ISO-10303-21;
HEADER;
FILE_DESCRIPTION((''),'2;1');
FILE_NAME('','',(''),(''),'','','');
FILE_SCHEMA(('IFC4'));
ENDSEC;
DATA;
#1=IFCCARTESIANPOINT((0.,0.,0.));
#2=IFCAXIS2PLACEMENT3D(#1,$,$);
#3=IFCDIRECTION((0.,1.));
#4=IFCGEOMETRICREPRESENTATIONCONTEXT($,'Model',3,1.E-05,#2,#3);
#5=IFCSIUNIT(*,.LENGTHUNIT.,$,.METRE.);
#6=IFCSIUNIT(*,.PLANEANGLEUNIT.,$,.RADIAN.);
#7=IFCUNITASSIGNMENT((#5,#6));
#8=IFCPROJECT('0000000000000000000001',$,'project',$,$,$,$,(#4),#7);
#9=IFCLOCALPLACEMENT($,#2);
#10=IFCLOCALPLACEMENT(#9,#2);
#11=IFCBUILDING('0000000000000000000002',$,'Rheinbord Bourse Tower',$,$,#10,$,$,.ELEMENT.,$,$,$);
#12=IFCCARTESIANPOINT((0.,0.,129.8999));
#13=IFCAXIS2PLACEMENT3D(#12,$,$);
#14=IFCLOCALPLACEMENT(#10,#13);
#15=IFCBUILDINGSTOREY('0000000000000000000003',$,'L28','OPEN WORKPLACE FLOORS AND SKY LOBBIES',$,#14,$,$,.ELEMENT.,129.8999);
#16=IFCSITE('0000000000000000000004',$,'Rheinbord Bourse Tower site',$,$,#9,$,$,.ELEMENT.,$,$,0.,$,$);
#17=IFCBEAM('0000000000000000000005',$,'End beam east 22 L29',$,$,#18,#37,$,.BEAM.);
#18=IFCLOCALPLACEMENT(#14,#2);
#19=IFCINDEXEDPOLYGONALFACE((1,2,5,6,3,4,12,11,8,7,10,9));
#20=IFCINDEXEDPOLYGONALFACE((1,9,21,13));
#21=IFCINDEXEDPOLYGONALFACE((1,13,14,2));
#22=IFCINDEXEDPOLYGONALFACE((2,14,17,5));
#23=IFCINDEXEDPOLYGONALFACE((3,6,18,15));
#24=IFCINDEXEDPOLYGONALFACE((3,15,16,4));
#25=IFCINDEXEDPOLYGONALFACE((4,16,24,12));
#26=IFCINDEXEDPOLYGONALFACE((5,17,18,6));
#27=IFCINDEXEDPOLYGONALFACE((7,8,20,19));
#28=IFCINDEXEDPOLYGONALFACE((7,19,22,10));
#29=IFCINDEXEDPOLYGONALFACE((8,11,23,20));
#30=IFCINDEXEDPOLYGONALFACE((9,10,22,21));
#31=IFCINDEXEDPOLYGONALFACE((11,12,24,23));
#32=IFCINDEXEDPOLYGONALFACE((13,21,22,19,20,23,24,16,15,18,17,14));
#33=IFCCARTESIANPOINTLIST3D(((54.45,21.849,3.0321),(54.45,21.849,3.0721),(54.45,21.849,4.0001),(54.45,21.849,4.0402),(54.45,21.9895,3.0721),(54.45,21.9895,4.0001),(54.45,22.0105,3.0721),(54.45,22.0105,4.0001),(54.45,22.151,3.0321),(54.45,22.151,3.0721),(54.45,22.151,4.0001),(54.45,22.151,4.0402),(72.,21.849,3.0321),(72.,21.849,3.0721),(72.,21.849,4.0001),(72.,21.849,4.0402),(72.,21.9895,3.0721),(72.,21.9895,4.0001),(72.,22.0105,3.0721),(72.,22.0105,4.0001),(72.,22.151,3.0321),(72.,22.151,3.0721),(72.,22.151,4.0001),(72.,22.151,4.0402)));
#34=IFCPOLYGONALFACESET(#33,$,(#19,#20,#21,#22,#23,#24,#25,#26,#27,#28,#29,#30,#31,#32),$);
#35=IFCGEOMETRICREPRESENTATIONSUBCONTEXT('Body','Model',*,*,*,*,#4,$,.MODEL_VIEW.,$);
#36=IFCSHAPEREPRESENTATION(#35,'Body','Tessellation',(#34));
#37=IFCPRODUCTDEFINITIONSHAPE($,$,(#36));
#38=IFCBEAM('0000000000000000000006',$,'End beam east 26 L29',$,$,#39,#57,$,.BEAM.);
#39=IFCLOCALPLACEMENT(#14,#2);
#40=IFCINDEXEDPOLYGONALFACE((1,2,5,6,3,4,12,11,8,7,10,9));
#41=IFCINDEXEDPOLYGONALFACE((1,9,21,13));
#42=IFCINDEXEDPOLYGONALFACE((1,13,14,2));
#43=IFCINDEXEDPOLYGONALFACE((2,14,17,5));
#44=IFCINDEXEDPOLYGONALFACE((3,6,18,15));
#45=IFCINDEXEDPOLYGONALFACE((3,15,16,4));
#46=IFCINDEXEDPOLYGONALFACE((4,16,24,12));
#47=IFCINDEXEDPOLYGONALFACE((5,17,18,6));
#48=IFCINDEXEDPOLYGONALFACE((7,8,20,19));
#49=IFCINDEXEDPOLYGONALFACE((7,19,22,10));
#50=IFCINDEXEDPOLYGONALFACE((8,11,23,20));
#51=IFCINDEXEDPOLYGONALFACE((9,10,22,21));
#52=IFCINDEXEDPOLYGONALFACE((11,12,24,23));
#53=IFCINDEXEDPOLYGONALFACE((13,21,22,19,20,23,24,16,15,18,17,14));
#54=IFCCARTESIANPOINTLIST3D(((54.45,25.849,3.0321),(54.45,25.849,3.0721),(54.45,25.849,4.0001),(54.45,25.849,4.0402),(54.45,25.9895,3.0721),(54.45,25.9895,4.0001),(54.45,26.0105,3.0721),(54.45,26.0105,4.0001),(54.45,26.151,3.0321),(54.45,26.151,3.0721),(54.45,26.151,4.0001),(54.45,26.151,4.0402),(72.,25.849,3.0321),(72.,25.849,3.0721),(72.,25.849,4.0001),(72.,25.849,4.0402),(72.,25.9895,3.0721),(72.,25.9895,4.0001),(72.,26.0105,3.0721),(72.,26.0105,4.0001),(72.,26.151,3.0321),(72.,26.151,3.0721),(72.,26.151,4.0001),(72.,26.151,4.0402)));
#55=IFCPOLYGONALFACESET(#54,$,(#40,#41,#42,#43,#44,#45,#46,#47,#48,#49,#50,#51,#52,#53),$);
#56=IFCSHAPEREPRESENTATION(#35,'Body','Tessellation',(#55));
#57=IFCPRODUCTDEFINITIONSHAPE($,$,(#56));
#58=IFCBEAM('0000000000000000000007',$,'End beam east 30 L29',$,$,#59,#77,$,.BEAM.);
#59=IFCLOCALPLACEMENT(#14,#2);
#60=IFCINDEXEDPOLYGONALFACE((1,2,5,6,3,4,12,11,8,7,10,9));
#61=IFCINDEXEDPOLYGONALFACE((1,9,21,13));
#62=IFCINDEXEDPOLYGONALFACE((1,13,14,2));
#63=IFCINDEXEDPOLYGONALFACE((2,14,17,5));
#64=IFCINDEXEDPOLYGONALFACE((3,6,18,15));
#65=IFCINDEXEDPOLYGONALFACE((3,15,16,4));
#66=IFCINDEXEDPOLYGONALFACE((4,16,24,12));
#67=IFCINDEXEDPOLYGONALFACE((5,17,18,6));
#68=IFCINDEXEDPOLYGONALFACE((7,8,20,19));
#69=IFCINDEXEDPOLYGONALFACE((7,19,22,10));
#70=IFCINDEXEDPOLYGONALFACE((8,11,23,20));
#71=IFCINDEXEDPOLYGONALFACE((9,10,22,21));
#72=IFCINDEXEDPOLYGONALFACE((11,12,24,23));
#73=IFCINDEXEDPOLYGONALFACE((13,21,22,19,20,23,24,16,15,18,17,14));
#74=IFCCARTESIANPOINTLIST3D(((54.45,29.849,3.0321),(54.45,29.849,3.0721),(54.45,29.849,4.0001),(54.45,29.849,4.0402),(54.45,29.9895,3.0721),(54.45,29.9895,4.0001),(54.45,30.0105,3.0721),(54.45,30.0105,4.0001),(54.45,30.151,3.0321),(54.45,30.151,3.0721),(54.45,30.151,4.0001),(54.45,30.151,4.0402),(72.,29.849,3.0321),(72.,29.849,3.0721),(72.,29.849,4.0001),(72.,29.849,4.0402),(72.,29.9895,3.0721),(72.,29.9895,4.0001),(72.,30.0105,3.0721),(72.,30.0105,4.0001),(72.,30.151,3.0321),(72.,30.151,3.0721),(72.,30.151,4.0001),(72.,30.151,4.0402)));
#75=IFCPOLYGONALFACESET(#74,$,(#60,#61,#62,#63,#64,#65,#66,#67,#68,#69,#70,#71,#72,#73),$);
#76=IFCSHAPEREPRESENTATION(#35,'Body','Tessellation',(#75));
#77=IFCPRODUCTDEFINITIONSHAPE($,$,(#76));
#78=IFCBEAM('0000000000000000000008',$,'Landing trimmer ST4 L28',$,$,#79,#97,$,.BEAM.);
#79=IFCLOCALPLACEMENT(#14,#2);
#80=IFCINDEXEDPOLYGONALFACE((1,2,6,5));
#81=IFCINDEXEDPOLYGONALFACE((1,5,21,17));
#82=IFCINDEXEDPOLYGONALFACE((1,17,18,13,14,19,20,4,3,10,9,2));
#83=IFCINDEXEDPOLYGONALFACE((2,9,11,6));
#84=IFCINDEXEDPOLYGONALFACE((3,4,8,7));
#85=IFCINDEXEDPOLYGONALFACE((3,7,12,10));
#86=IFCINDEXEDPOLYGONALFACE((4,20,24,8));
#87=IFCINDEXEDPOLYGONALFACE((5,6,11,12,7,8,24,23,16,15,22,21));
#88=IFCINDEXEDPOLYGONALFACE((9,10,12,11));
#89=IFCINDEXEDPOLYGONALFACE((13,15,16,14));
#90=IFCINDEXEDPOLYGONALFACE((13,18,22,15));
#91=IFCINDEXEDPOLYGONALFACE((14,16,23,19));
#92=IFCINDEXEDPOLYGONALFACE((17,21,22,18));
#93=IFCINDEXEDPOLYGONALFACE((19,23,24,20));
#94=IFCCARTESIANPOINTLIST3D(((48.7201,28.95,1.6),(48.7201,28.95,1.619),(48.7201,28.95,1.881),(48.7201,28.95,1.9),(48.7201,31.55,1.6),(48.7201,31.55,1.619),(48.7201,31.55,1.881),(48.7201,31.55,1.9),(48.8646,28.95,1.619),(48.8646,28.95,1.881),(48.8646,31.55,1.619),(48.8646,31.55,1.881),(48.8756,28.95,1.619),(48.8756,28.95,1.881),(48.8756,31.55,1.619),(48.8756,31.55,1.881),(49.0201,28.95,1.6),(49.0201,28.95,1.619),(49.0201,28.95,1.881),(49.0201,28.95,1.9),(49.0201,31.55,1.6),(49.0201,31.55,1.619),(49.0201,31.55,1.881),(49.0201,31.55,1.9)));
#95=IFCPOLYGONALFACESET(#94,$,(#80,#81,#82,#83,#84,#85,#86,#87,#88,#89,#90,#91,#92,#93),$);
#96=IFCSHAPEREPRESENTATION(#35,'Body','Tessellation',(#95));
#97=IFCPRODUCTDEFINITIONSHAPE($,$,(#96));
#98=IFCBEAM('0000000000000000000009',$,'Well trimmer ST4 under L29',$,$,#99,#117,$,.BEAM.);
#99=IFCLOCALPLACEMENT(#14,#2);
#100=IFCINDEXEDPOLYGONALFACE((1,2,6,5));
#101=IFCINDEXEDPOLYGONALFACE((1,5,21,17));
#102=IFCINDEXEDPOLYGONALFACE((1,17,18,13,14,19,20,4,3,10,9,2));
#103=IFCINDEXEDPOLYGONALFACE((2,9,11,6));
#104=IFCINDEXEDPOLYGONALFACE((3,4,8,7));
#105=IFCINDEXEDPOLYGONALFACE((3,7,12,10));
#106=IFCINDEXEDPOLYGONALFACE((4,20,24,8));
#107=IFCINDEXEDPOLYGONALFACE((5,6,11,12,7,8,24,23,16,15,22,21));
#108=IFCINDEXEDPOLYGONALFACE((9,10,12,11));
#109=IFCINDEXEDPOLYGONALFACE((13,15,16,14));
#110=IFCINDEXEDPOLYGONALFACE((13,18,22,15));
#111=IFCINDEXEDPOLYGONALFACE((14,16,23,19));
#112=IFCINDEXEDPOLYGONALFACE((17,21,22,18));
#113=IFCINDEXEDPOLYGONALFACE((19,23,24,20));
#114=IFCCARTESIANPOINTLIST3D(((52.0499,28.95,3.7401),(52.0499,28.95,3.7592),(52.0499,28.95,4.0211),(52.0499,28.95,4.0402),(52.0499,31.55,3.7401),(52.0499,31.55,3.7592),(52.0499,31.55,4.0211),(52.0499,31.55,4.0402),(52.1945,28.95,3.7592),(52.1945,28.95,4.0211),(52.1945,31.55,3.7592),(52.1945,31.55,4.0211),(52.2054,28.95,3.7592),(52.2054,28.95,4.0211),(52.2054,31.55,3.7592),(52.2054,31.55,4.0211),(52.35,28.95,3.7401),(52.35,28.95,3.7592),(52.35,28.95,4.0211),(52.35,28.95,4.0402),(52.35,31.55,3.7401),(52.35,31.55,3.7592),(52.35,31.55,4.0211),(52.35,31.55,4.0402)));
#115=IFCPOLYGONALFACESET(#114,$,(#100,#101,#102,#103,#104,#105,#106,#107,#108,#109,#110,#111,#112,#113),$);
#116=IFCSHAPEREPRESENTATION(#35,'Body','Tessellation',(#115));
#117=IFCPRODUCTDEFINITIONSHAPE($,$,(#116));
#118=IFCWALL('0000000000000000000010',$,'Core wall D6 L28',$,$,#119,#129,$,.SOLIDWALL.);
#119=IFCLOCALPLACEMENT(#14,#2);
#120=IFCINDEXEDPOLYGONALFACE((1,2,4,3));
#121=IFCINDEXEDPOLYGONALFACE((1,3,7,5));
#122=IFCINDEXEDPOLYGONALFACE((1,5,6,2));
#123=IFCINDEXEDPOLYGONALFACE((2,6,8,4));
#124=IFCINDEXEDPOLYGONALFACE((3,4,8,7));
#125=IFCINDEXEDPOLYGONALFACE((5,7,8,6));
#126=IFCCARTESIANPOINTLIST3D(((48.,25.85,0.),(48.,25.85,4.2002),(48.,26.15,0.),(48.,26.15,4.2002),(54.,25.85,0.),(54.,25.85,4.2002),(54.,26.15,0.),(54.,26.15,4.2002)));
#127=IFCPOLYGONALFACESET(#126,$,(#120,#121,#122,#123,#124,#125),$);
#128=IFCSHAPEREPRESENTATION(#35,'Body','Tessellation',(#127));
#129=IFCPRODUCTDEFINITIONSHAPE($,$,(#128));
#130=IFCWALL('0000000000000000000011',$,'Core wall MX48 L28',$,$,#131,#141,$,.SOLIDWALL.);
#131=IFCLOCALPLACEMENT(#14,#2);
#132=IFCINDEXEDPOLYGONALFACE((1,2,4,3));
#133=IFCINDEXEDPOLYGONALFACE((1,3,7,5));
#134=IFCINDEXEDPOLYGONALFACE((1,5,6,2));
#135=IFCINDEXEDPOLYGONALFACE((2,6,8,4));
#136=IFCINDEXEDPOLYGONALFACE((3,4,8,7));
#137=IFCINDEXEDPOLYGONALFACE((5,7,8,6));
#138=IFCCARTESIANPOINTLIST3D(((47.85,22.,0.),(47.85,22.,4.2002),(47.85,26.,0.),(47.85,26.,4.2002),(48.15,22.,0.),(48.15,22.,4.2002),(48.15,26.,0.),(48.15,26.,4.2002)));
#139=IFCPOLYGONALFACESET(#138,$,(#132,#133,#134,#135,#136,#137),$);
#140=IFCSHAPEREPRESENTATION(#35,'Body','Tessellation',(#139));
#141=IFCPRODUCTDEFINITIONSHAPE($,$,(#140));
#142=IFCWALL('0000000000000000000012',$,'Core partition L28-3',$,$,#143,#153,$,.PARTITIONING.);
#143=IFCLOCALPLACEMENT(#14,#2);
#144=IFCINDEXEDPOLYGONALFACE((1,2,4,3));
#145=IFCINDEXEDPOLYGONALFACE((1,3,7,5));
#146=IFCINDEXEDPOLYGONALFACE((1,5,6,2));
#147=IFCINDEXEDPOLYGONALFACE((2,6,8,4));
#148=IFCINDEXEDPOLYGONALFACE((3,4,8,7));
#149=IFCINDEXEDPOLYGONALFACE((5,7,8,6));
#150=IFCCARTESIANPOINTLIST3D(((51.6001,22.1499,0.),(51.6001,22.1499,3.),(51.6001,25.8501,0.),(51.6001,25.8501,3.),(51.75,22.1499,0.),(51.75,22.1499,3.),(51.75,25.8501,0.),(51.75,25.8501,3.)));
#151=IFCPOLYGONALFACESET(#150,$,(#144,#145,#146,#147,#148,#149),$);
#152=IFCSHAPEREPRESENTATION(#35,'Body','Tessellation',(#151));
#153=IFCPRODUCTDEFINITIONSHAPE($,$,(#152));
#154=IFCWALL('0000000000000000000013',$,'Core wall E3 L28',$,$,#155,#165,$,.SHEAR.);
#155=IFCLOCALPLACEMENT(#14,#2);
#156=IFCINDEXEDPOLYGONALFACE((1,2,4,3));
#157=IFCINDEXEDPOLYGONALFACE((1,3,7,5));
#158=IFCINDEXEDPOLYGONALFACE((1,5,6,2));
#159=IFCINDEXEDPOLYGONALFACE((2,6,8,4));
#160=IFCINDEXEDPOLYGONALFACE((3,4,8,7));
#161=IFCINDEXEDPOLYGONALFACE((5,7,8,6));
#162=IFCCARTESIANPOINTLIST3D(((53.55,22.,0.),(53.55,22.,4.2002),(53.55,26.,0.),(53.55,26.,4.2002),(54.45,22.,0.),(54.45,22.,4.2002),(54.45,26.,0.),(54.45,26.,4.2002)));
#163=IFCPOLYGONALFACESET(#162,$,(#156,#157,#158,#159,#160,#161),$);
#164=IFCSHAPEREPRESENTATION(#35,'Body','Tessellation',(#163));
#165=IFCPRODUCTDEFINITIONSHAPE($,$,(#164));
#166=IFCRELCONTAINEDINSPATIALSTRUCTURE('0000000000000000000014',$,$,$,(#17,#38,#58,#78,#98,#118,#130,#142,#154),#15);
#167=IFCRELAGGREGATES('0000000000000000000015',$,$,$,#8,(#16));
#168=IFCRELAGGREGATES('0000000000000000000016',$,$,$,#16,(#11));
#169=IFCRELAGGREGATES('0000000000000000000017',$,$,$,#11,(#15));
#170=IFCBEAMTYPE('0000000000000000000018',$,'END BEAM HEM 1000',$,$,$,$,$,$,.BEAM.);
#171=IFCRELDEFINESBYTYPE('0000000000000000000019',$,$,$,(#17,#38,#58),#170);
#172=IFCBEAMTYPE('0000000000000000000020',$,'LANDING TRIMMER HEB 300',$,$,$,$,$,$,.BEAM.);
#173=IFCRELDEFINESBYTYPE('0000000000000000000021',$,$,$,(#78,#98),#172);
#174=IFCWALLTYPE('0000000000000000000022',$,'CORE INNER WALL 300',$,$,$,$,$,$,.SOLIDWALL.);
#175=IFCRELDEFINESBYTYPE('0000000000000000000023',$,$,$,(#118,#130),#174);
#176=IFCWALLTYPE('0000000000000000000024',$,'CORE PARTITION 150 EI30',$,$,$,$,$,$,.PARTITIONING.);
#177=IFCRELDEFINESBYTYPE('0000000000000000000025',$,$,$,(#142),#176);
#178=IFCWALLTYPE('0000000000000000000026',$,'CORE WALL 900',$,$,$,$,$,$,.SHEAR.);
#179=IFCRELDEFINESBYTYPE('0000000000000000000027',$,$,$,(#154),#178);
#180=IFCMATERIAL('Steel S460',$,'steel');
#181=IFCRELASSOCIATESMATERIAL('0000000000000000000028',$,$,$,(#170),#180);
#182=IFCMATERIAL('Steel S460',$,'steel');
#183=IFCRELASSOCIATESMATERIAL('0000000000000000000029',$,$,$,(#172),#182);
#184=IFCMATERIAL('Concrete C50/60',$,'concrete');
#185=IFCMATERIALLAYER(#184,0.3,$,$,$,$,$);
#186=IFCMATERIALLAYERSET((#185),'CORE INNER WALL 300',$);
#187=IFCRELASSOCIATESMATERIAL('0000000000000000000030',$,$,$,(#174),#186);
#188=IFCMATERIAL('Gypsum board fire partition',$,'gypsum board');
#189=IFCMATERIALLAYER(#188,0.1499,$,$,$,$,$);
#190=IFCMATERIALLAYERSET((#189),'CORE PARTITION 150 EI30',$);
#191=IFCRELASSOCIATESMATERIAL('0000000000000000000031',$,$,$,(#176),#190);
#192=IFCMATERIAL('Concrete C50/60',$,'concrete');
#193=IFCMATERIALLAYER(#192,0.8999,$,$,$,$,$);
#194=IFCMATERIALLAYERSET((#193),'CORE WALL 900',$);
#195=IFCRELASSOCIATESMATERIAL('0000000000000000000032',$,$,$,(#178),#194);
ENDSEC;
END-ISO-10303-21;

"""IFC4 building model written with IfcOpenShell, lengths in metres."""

from ifc_helpers import new_model, si_unit, direction, frame, frame_2d, origin, origin_2d, place, context, subcontext, project, spatial, rectangle, i_section, extrude, material, layer, layer_set, material_profile, profile_set, type_object, element, save


model = new_model("IFC4")

# Units and contexts
model_context = context("Model", 3, precision=1e-05, world=origin(), true_north=direction((0.0, 1.0)))
body_context = subcontext(model_context, "Body", "Model", "MODEL_VIEW")
ifc_project = project(units=[si_unit("LENGTHUNIT", "METRE"), si_unit("PLANEANGLEUNIT", "RADIAN")], contexts=[model_context])

# Site, building, storey
site_placement = place(None, origin())
site = spatial("IfcSite", under=ifc_project, at=site_placement, Name="Rheinbord Bourse Tower site", CompositionType="ELEMENT", RefElevation=0.0)
building_placement = place(site_placement, origin())
building = spatial("IfcBuilding", under=site, at=building_placement, Name="Rheinbord Bourse Tower", CompositionType="ELEMENT")
storey_placement = place(building_placement, frame((0.0, 0.0, 129.8999)))
storey = spatial("IfcBuildingStorey", under=building, at=storey_placement, Name="L28", Description="OPEN WORKPLACE FLOORS AND SKY LOBBIES", CompositionType="ELEMENT", Elevation=129.8999)

# Beams
ifc_material_1 = material(Name="Steel S460", Category="steel")
ifc_material_profile_1 = material_profile(ifc_material_1, i_section(OverallWidth=0.302, OverallDepth=1.0081, WebThickness=0.021, FlangeThickness=0.04, at=origin_2d()), Name="HEM 1000")
ifc_profile_set_1 = profile_set([ifc_material_profile_1], Name="Steel S460")
beam_type_1 = type_object("IfcBeamType", Name="END BEAM HEM 1000", PredefinedType="BEAM", material=ifc_profile_set_1)
for number, where, z_axis, x_axis, name in (
    (1, (54.45, 22.0, 3.5361), (1.0, 0.0, 0.0), (0.0, 1.0, 0.0), "End beam east 22 L29"),
    (2, (54.45, 26.0, 3.5361), (1.0, 0.0, 0.0), (0.0, 1.0, 0.0), "End beam east 26 L29"),
    (3, (54.45, 30.0, 3.5361), (1.0, 0.0, 0.0), (0.0, 1.0, 0.0), "End beam east 30 L29"),
):
    element("IfcBeam", number, at=place(storey_placement, frame(where, z_axis=z_axis, x_axis=x_axis)), inside=storey, type_object=beam_type_1, Name=name, PredefinedType="BEAM", context=body_context, shape_type="SweptSolid", body=[
        extrude(i_section(OverallWidth=0.302, OverallDepth=1.0081, WebThickness=0.021, FlangeThickness=0.04, at=origin_2d()), origin(), (0.0, 0.0, 1.0), 17.55),
    ])
ifc_material_2 = material(Name="Steel S460", Category="steel")
ifc_material_profile_2 = material_profile(ifc_material_2, i_section(OverallWidth=0.3, OverallDepth=0.3, WebThickness=0.011, FlangeThickness=0.019, at=origin_2d()), Name="HEB 300")
ifc_profile_set_2 = profile_set([ifc_material_profile_2], Name="Steel S460")
beam_type_2 = type_object("IfcBeamType", Name="LANDING TRIMMER HEB 300", PredefinedType="BEAM", material=ifc_profile_set_2)
for number, where, z_axis, x_axis, name in (
    (4, (48.8701, 28.95, 1.75), (0.0, 1.0, 0.0), (-1.0, 0.0, 0.0), "Landing trimmer ST4 L28"),
    (5, (52.2, 28.95, 3.8901), (0.0, 1.0, 0.0), (-1.0, 0.0, 0.0), "Well trimmer ST4 under L29"),
):
    element("IfcBeam", number, at=place(storey_placement, frame(where, z_axis=z_axis, x_axis=x_axis)), inside=storey, type_object=beam_type_2, Name=name, PredefinedType="BEAM", context=body_context, shape_type="SweptSolid", body=[
        extrude(i_section(OverallWidth=0.3, OverallDepth=0.3, WebThickness=0.011, FlangeThickness=0.019, at=origin_2d()), origin(), (0.0, 0.0, 1.0), 2.6001),
    ])

# Walls
ifc_material_3 = material(Name="Concrete C50/60", Category="concrete")
ifc_layer_1 = layer(ifc_material_3, 0.3)
ifc_layer_set_1 = layer_set([ifc_layer_1], Name="CORE INNER WALL 300")
wall_type_1 = type_object("IfcWallType", Name="CORE INNER WALL 300", PredefinedType="SOLIDWALL", material=ifc_layer_set_1)
wall_1_placement = place(storey_placement, frame((48.0, 26.0, 0.0), z_axis=(0.0, 0.0, 1.0), x_axis=(1.0, 0.0, 0.0)))
element("IfcWall", 6, at=wall_1_placement, inside=storey, type_object=wall_type_1, Name="Core wall D6 L28", PredefinedType="SOLIDWALL", context=body_context, shape_type="SweptSolid", body=[
    extrude(rectangle(XDim=6.0, YDim=0.3, at=frame_2d((3.0, 0.0))), origin(), (0.0, 0.0, 1.0), 4.2002),
])
wall_2_placement = place(storey_placement, frame((48.0, 22.0, 0.0), z_axis=(0.0, 0.0, 1.0), x_axis=(0.0, 1.0, 0.0)))
element("IfcWall", 7, at=wall_2_placement, inside=storey, type_object=wall_type_1, Name="Core wall MX48 L28", PredefinedType="SOLIDWALL", context=body_context, shape_type="SweptSolid", body=[
    extrude(rectangle(XDim=4.0, YDim=0.3, at=frame_2d((2.0, 0.0))), origin(), (0.0, 0.0, 1.0), 4.2002),
])
ifc_material_4 = material(Name="Gypsum board fire partition", Category="gypsum board")
ifc_layer_2 = layer(ifc_material_4, 0.1499)
ifc_layer_set_2 = layer_set([ifc_layer_2], Name="CORE PARTITION 150 EI30")
wall_type_2 = type_object("IfcWallType", Name="CORE PARTITION 150 EI30", PredefinedType="PARTITIONING", material=ifc_layer_set_2)
wall_3_placement = place(storey_placement, frame((51.675, 22.1499, 0.0), z_axis=(0.0, 0.0, 1.0), x_axis=(0.0, 1.0, 0.0)))
element("IfcWall", 8, at=wall_3_placement, inside=storey, type_object=wall_type_2, Name="Core partition L28-3", PredefinedType="PARTITIONING", context=body_context, shape_type="SweptSolid", body=[
    extrude(rectangle(XDim=3.7002, YDim=0.1499, at=frame_2d((1.8501, 0.0))), origin(), (0.0, 0.0, 1.0), 3.0),
])
ifc_material_5 = material(Name="Concrete C50/60", Category="concrete")
ifc_layer_3 = layer(ifc_material_5, 0.8999)
ifc_layer_set_3 = layer_set([ifc_layer_3], Name="CORE WALL 900")
wall_type_3 = type_object("IfcWallType", Name="CORE WALL 900", PredefinedType="SHEAR", material=ifc_layer_set_3)
wall_4_placement = place(storey_placement, frame((54.0, 22.0, 0.0), z_axis=(0.0, 0.0, 1.0), x_axis=(0.0, 1.0, 0.0)))
element("IfcWall", 9, at=wall_4_placement, inside=storey, type_object=wall_type_3, Name="Core wall E3 L28", PredefinedType="SHEAR", context=body_context, shape_type="SweptSolid", body=[
    extrude(rectangle(XDim=4.0, YDim=0.8999, at=frame_2d((2.0, 0.0))), origin(), (0.0, 0.0, 1.0), 4.2002),
])

save(model, "model.ifc")
